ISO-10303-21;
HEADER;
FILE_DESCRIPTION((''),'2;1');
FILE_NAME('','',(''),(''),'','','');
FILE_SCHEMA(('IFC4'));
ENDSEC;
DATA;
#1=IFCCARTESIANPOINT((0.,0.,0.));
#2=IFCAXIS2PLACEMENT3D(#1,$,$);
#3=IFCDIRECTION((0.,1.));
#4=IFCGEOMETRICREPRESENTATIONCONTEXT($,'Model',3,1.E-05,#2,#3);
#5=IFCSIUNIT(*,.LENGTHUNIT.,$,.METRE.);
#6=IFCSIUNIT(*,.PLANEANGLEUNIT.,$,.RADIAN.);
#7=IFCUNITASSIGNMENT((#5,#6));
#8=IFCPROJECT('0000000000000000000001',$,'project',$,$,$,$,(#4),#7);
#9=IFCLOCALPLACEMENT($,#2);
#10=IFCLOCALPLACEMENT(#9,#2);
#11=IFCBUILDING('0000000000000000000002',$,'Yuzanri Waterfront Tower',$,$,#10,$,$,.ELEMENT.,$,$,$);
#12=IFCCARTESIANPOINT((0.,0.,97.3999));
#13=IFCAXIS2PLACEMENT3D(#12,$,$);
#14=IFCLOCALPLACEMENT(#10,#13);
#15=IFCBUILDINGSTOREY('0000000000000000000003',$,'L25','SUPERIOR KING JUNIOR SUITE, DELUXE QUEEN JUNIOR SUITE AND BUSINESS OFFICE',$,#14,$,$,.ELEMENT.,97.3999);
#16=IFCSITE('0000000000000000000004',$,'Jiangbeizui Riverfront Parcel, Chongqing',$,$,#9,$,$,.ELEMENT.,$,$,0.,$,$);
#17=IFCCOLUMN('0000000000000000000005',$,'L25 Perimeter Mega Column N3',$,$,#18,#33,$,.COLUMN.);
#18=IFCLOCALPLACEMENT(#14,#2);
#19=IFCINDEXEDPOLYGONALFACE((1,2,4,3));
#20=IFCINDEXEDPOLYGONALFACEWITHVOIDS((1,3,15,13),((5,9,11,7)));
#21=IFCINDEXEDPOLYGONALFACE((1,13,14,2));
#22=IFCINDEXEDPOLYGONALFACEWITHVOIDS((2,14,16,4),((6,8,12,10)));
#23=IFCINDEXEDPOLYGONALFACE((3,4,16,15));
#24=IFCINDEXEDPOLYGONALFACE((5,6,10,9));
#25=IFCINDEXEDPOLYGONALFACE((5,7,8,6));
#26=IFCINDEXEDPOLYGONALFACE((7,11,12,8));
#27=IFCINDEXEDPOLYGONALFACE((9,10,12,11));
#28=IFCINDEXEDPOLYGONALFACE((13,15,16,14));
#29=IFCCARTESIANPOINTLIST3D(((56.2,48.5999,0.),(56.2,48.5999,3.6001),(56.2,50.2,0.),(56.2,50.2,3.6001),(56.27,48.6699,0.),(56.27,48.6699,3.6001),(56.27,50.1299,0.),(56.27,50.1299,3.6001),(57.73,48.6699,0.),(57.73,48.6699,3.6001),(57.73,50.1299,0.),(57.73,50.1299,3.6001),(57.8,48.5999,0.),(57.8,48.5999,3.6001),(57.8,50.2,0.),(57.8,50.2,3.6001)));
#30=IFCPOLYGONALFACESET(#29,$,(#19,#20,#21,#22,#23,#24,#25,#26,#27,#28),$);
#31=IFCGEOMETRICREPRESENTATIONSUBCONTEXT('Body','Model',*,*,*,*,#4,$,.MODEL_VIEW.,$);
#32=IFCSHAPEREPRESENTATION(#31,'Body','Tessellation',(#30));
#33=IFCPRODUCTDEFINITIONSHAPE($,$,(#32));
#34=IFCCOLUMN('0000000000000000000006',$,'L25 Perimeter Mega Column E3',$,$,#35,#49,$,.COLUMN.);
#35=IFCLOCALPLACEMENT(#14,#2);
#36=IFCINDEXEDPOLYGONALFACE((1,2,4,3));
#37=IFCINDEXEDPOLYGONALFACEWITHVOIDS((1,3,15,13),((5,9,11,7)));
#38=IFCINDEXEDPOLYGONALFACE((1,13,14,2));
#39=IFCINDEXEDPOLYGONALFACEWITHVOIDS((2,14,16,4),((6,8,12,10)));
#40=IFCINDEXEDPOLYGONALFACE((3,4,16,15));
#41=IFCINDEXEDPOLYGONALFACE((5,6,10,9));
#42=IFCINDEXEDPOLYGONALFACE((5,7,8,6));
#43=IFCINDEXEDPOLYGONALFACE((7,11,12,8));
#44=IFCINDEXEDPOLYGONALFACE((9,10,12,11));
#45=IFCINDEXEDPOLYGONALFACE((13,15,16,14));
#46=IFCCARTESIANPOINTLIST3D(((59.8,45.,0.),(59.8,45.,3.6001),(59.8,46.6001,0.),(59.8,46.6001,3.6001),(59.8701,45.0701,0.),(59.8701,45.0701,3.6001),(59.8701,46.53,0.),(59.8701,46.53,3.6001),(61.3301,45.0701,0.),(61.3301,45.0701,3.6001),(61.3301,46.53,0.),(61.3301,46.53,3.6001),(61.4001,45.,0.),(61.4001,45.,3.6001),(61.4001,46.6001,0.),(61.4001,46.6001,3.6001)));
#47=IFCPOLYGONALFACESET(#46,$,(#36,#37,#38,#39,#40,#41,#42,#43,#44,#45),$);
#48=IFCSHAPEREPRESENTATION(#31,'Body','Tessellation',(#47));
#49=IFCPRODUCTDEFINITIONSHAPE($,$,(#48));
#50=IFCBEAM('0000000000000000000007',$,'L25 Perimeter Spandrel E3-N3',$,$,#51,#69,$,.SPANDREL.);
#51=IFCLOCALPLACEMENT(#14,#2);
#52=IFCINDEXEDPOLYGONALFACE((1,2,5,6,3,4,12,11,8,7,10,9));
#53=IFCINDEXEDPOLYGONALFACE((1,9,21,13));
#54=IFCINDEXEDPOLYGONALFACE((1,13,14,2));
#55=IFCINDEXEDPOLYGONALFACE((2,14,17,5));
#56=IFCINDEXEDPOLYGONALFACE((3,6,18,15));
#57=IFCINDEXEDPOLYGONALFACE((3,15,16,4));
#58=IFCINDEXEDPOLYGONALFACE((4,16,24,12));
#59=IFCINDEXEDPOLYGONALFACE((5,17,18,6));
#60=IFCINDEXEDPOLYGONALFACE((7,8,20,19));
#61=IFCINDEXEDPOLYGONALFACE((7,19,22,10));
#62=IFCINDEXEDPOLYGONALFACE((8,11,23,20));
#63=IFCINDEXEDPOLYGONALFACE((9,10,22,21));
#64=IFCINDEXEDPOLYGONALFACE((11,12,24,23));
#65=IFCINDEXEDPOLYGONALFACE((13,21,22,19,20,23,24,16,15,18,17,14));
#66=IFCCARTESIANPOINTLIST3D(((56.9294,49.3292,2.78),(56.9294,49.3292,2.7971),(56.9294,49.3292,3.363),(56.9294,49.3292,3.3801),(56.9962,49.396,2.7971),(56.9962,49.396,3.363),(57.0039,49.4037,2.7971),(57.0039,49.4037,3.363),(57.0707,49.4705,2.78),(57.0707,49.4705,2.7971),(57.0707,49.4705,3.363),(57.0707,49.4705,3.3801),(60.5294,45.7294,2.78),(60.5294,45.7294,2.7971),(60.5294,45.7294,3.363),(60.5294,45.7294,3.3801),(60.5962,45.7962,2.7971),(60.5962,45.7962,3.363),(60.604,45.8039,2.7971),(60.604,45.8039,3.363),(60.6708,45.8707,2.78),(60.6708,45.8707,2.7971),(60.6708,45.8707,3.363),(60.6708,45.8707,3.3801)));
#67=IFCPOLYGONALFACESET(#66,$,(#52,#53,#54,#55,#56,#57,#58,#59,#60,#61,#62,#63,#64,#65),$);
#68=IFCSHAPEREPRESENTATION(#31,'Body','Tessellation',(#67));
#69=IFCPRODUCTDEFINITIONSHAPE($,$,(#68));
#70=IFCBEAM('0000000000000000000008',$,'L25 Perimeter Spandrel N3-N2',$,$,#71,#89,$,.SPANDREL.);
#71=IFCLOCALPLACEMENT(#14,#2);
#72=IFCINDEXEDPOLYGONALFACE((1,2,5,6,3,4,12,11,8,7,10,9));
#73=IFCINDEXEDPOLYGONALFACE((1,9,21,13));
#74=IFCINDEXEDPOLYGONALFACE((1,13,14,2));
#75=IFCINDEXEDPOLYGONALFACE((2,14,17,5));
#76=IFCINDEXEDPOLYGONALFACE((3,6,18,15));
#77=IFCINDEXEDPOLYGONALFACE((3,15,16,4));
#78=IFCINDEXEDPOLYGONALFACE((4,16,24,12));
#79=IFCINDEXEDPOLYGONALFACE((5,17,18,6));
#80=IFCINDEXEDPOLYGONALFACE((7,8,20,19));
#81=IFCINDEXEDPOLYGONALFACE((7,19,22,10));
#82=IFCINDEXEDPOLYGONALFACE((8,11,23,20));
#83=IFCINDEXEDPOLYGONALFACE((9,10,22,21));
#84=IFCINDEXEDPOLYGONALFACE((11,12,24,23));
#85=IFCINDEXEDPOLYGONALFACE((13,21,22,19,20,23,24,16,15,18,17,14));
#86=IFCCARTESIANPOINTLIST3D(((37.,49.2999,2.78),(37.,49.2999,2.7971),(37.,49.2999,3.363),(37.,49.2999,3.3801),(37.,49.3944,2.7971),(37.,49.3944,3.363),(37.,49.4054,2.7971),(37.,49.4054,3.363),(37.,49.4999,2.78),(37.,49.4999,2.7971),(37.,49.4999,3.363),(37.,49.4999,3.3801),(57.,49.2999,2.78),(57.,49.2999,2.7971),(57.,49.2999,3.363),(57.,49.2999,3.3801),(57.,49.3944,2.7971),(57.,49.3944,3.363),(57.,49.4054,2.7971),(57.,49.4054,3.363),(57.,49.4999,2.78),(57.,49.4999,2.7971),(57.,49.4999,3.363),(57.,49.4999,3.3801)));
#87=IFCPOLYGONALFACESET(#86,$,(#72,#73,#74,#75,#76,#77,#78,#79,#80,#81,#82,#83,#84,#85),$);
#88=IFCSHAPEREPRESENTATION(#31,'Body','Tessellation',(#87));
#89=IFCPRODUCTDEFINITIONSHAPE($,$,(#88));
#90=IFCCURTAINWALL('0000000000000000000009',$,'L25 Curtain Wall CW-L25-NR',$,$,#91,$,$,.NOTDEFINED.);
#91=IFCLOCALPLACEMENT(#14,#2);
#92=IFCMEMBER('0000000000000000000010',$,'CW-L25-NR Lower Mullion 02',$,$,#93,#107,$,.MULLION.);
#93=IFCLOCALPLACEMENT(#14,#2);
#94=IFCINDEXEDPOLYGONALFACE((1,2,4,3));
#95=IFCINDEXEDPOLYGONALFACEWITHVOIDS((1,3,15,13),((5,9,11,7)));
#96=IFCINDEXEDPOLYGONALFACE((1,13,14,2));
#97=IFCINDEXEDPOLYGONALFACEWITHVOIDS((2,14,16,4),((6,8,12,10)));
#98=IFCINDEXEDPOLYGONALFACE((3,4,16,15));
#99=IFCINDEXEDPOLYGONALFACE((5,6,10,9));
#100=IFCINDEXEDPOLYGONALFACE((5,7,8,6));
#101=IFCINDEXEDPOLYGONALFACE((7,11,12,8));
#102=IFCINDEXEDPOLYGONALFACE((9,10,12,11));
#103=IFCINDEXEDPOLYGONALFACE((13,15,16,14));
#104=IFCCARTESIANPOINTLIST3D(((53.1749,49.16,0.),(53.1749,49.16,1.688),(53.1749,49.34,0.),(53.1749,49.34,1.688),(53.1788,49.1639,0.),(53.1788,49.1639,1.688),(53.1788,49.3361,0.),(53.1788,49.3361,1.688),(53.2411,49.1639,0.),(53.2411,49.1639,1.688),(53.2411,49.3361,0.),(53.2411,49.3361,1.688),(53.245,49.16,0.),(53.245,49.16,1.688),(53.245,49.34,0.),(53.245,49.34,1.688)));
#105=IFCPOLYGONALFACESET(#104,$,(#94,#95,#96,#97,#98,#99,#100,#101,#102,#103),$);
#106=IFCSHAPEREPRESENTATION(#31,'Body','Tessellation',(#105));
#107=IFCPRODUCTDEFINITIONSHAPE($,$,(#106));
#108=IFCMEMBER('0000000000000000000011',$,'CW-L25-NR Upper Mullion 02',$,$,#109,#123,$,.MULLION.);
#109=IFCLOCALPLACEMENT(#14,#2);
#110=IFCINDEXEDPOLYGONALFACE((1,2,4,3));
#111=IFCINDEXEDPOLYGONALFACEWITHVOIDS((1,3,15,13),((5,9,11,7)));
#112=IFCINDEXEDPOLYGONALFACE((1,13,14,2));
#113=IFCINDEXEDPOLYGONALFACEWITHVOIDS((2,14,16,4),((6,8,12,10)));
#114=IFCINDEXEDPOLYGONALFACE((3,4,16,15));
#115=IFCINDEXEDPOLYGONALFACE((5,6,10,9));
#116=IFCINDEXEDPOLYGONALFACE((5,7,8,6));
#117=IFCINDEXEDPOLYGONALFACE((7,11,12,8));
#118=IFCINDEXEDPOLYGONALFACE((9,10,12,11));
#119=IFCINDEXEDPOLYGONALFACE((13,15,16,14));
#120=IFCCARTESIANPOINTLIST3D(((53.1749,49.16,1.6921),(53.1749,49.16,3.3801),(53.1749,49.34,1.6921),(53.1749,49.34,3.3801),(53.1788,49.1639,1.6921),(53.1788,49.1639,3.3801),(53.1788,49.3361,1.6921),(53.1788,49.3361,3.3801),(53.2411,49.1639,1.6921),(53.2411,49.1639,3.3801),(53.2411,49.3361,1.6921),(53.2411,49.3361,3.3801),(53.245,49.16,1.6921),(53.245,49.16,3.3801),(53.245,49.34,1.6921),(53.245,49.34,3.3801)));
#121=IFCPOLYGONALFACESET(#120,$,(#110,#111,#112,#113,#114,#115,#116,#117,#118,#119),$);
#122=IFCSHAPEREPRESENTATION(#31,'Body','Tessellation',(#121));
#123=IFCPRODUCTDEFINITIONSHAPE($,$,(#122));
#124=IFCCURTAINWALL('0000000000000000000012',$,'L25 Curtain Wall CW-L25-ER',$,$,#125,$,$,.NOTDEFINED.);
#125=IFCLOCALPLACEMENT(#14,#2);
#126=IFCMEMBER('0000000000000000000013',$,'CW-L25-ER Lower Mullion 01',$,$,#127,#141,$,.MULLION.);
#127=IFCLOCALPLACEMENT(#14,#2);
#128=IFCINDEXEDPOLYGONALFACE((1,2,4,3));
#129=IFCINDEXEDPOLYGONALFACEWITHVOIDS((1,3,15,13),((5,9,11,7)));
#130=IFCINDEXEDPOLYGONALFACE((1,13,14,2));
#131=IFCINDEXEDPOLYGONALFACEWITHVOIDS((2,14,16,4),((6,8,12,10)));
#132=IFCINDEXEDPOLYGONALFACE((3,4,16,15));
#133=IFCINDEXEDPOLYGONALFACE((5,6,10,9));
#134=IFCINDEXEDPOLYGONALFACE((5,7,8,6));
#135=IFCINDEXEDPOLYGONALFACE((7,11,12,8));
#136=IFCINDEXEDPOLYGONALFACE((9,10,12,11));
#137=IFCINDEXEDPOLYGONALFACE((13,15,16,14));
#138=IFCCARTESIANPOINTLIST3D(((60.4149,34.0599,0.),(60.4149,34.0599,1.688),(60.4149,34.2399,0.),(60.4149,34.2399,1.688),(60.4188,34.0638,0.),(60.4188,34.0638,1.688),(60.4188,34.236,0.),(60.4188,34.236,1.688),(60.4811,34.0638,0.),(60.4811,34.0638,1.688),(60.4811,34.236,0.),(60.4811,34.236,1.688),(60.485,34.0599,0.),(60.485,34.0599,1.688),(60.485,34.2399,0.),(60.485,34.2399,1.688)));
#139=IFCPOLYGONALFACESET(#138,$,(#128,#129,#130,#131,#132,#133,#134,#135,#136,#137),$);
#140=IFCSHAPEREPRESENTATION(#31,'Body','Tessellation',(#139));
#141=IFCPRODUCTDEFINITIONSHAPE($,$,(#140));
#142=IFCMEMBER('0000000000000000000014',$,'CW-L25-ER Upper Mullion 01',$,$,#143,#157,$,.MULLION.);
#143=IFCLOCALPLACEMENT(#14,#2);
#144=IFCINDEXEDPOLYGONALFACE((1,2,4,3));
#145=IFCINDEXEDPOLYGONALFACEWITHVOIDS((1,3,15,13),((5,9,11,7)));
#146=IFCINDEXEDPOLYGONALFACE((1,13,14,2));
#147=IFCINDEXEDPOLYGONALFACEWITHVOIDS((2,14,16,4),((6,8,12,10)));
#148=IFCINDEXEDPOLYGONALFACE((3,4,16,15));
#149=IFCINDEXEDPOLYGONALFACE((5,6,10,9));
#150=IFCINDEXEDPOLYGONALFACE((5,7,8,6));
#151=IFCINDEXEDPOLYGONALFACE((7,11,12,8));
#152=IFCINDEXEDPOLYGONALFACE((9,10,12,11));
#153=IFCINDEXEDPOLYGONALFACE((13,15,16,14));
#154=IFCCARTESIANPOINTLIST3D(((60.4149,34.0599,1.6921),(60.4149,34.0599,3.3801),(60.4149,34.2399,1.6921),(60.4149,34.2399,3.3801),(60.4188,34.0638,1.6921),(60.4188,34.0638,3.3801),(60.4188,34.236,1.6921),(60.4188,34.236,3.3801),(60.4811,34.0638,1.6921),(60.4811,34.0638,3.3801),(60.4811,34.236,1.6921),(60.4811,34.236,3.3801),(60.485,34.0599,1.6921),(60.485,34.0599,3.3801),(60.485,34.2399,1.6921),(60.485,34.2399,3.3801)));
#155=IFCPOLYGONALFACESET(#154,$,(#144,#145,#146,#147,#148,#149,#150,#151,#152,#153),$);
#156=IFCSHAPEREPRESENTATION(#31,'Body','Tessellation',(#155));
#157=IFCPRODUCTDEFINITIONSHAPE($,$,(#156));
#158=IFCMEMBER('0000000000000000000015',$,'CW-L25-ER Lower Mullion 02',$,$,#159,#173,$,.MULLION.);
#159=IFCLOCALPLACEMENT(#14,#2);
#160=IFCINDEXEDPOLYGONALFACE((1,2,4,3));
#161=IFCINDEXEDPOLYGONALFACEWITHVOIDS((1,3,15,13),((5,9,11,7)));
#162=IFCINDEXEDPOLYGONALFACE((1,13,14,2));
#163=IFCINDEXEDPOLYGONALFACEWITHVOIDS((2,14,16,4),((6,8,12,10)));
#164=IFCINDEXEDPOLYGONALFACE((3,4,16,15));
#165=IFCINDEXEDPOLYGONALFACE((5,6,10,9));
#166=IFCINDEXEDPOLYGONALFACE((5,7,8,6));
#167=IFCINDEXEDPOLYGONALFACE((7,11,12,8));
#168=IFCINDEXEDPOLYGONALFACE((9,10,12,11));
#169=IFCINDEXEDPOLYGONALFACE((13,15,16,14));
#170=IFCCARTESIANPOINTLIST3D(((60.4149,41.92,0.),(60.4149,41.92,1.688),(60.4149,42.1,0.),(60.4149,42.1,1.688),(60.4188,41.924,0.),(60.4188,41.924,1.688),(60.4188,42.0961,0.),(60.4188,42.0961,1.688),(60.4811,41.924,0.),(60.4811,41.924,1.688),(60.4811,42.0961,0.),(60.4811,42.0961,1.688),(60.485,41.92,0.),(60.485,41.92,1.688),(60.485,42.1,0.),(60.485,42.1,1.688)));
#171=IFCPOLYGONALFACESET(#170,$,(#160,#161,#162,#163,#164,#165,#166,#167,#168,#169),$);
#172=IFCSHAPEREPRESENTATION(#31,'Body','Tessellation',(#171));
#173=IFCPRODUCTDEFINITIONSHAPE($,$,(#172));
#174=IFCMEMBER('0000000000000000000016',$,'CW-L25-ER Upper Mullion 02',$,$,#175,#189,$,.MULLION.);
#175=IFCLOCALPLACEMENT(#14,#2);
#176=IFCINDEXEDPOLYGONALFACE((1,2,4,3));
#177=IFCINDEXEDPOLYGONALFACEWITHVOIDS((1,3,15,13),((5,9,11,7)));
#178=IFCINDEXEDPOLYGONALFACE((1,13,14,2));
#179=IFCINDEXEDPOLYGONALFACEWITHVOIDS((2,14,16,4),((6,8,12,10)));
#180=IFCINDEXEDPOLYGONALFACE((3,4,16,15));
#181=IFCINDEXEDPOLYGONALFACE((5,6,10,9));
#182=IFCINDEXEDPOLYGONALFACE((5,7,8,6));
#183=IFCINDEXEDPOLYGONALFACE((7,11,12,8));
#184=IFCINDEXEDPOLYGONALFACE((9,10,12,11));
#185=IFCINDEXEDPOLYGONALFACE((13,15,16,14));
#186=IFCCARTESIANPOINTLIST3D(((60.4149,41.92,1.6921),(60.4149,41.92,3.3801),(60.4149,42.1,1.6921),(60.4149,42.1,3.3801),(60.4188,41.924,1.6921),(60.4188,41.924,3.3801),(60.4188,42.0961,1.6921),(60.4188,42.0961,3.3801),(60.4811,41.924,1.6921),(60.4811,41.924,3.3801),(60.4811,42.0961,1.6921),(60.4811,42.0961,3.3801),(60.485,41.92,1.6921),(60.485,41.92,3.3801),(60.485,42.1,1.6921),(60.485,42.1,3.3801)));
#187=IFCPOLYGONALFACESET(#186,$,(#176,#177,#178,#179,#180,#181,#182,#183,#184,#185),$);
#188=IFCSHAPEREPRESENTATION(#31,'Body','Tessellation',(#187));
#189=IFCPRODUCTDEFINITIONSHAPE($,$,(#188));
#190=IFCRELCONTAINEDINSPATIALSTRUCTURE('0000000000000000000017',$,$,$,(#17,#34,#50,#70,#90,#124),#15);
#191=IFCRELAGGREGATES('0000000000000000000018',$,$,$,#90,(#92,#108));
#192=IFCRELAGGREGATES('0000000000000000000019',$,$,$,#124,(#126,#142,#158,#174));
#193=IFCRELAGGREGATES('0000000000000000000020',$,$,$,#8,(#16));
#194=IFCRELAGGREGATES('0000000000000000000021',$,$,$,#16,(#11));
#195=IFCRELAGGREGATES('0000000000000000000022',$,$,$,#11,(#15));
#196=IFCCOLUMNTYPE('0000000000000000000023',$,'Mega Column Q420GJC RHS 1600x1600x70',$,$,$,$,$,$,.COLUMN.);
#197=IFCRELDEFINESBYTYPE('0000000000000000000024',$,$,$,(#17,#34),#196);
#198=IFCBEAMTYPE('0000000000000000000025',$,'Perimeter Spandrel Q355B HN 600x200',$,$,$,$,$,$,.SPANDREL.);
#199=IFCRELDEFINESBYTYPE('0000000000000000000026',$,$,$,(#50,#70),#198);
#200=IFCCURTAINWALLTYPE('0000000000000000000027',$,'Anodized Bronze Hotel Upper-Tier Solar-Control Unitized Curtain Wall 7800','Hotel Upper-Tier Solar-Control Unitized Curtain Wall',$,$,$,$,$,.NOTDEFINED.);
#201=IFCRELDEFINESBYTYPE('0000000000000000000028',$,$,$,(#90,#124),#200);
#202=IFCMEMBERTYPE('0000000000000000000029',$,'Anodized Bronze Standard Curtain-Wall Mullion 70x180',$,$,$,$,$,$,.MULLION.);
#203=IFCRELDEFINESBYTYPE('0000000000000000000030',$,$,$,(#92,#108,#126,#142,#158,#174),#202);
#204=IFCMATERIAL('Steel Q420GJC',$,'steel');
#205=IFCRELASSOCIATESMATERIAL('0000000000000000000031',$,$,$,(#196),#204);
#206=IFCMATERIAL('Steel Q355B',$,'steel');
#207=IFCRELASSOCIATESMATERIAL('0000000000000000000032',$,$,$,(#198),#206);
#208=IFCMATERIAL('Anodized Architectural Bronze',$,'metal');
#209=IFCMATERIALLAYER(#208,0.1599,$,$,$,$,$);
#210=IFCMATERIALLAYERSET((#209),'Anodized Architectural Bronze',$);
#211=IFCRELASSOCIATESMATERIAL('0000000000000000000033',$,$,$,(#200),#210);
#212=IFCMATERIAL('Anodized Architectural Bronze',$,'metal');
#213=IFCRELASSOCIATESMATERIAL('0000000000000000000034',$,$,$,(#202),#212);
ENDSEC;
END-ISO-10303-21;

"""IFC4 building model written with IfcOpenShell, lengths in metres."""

from ifc_helpers import new_model, si_unit, direction, frame, origin, origin_2d, place, context, subcontext, project, spatial, hollow_rectangle, i_section, extrude, source, transform, mapped, material, layer, layer_set, material_profile, profile_set, type_object, element, aggregate, save


model = new_model("IFC4")

# Units and contexts
model_context = context("Model", 3, precision=1e-05, world=origin(), true_north=direction((0.0, 1.0)))
body_context = subcontext(model_context, "Body", "Model", "MODEL_VIEW")
ifc_project = project(units=[si_unit("LENGTHUNIT", "METRE"), si_unit("PLANEANGLEUNIT", "RADIAN")], contexts=[model_context])

# Site, building, storey
site_placement = place(None, origin())
site = spatial("IfcSite", under=ifc_project, at=site_placement, Name="Jiangbeizui Riverfront Parcel, Chongqing", CompositionType="ELEMENT", RefElevation=0.0)
building_placement = place(site_placement, origin())
building = spatial("IfcBuilding", under=site, at=building_placement, Name="Yuzanri Waterfront Tower", CompositionType="ELEMENT")
storey_placement = place(building_placement, frame((0.0, 0.0, 97.3999)))
storey = spatial("IfcBuildingStorey", under=building, at=storey_placement, Name="L25", Description="SUPERIOR KING JUNIOR SUITE, DELUXE QUEEN JUNIOR SUITE AND BUSINESS OFFICE", CompositionType="ELEMENT", Elevation=97.3999)

# Columns
ifc_material_1 = material(Name="Steel Q420GJC", Category="steel")
ifc_material_profile_1 = material_profile(ifc_material_1, hollow_rectangle(XDim=1.6001, YDim=1.6001, WallThickness=0.0701, at=origin_2d()), Name="RHS 1600x1600x70")
ifc_profile_set_1 = profile_set([ifc_material_profile_1], Name="Steel Q420GJC")
column_type = type_object("IfcColumnType", Name="Mega Column Q420GJC RHS 1600x1600x70", PredefinedType="COLUMN", material=ifc_profile_set_1)
shared_shape_1 = source(origin(), body_context, "Body", "SweptSolid", [
    extrude(hollow_rectangle(XDim=1.6001, YDim=1.6001, WallThickness=0.0701, at=origin_2d()), origin(), (0.0, 0.0, 1.0), 3.6001),
])
for number, where, z_axis, x_axis, name in (
    (1, (57.0, 49.3999, 0.0), (0.0, 0.0, 1.0), (1.0, 0.0, 0.0), "L25 Perimeter Mega Column N3"),
    (2, (60.6001, 45.8, 0.0), (0.0, 0.0, 1.0), (1.0, 0.0, 0.0), "L25 Perimeter Mega Column E3"),
):
    element("IfcColumn", number, at=place(storey_placement, frame(where, z_axis=z_axis, x_axis=x_axis)), inside=storey, type_object=column_type, Name=name, PredefinedType="COLUMN", context=body_context, shape_type="MappedRepresentation", body=[
        mapped(shared_shape_1, transform((0.0, 0.0, 0.0), scale=1.0)),
    ])

# Beams
ifc_material_2 = material(Name="Steel Q355B", Category="steel")
ifc_material_profile_2 = material_profile(ifc_material_2, i_section(OverallWidth=0.2, OverallDepth=0.6001, WebThickness=0.011, FlangeThickness=0.0171, at=origin_2d()), Name="HN 600x200x11x17")
ifc_profile_set_2 = profile_set([ifc_material_profile_2], Name="Steel Q355B")
beam_type = type_object("IfcBeamType", Name="Perimeter Spandrel Q355B HN 600x200", PredefinedType="SPANDREL", material=ifc_profile_set_2)
shared_shape_2 = source(origin(), body_context, "Body", "SweptSolid", [
    extrude(i_section(OverallWidth=0.2, OverallDepth=0.6001, WebThickness=0.011, FlangeThickness=0.0171, at=origin_2d()), origin(), (0.0, 0.0, 1.0), 5.0911),
])
beam_1_placement = place(storey_placement, frame((60.6001, 45.8, 3.0801), z_axis=(-0.707131, 0.707083, 0.0), x_axis=(-0.707083, -0.707131, 0.0)))
element("IfcBeam", 3, at=beam_1_placement, inside=storey, type_object=beam_type, Name="L25 Perimeter Spandrel E3-N3", PredefinedType="SPANDREL", context=body_context, shape_type="MappedRepresentation", body=[
    mapped(shared_shape_2, transform((0.0, 0.0, 0.0), scale=1.0)),
])
shared_shape_3 = source(origin(), body_context, "Body", "SweptSolid", [
    extrude(i_section(OverallWidth=0.2, OverallDepth=0.6001, WebThickness=0.011, FlangeThickness=0.0171, at=origin_2d()), origin(), (0.0, 0.0, 1.0), 20.0),
])
beam_2_placement = place(storey_placement, frame((57.0, 49.3999, 3.0801), z_axis=(-1.0, 0.0, 0.0), x_axis=(0.0, -1.0, 0.0)))
element("IfcBeam", 4, at=beam_2_placement, inside=storey, type_object=beam_type, Name="L25 Perimeter Spandrel N3-N2", PredefinedType="SPANDREL", context=body_context, shape_type="MappedRepresentation", body=[
    mapped(shared_shape_3, transform((0.0, 0.0, 0.0), scale=1.0)),
])

# Curtain walls, members
ifc_material_3 = material(Name="Anodized Architectural Bronze", Category="metal")
ifc_layer_1 = layer(ifc_material_3, 0.1599)
ifc_layer_set_1 = layer_set([ifc_layer_1], Name="Anodized Architectural Bronze")
curtain_wall_type = type_object("IfcCurtainWallType", Name="Anodized Bronze Hotel Upper-Tier Solar-Control Unitized Curtain Wall 7800", Description="Hotel Upper-Tier Solar-Control Unitized Curtain Wall", PredefinedType="NOTDEFINED", material=ifc_layer_set_1)
curtain_wall_1_placement = place(storey_placement, origin())
curtain_wall_1 = element("IfcCurtainWall", 5, at=curtain_wall_1_placement, inside=storey, type_object=curtain_wall_type, Name="L25 Curtain Wall CW-L25-NR", PredefinedType="NOTDEFINED")
ifc_material_4 = material(Name="Anodized Architectural Bronze", Category="metal")
ifc_material_profile_3 = material_profile(ifc_material_4, hollow_rectangle(XDim=0.0701, YDim=0.1799, WallThickness=0.0039, at=origin_2d()), Name="CWM 70x180")
ifc_profile_set_3 = profile_set([ifc_material_profile_3], Name="Anodized Architectural Bronze")
member_type = type_object("IfcMemberType", Name="Anodized Bronze Standard Curtain-Wall Mullion 70x180", PredefinedType="MULLION", material=ifc_profile_set_3)
shared_shape_4 = source(origin(), body_context, "Body", "SweptSolid", [
    extrude(hollow_rectangle(XDim=0.0701, YDim=0.1799, WallThickness=0.0039, at=origin_2d()), origin(), (0.0, 0.0, 1.0), 1.688),
])
member_1_placement = place(storey_placement, frame((53.21, 49.25, 0.0), z_axis=(0.0, 0.0, 1.0), x_axis=(1.0, 0.0, 0.0)))
member_1 = element("IfcMember", 6, at=member_1_placement, type_object=member_type, Name="CW-L25-NR Lower Mullion 02", PredefinedType="MULLION", context=body_context, shape_type="MappedRepresentation", body=[
    mapped(shared_shape_4, transform((0.0, 0.0, 0.0), scale=1.0)),
])
member_2_placement = place(storey_placement, frame((53.21, 49.25, 1.6921), z_axis=(0.0, 0.0, 1.0), x_axis=(1.0, 0.0, 0.0)))
member_2 = element("IfcMember", 7, at=member_2_placement, type_object=member_type, Name="CW-L25-NR Upper Mullion 02", PredefinedType="MULLION", context=body_context, shape_type="MappedRepresentation", body=[
    mapped(shared_shape_4, transform((0.0, 0.0, 0.0), scale=1.0)),
])
aggregate(curtain_wall_1, [member_1, member_2])
curtain_wall_2_placement = place(storey_placement, origin())
curtain_wall_2 = element("IfcCurtainWall", 8, at=curtain_wall_2_placement, inside=storey, type_object=curtain_wall_type, Name="L25 Curtain Wall CW-L25-ER", PredefinedType="NOTDEFINED")
member_3_placement = place(storey_placement, frame((60.45, 34.1499, 0.0), z_axis=(0.0, 0.0, 1.0), x_axis=(1.0, 0.0, 0.0)))
member_3 = element("IfcMember", 9, at=member_3_placement, type_object=member_type, Name="CW-L25-ER Lower Mullion 01", PredefinedType="MULLION", context=body_context, shape_type="MappedRepresentation", body=[
    mapped(shared_shape_4, transform((0.0, 0.0, 0.0), scale=1.0)),
])
member_4_placement = place(storey_placement, frame((60.45, 34.1499, 1.6921), z_axis=(0.0, 0.0, 1.0), x_axis=(1.0, 0.0, 0.0)))
member_4 = element("IfcMember", 10, at=member_4_placement, type_object=member_type, Name="CW-L25-ER Upper Mullion 01", PredefinedType="MULLION", context=body_context, shape_type="MappedRepresentation", body=[
    mapped(shared_shape_4, transform((0.0, 0.0, 0.0), scale=1.0)),
])
member_5_placement = place(storey_placement, frame((60.45, 42.01, 0.0), z_axis=(0.0, 0.0, 1.0), x_axis=(1.0, 0.0, 0.0)))
member_5 = element("IfcMember", 11, at=member_5_placement, type_object=member_type, Name="CW-L25-ER Lower Mullion 02", PredefinedType="MULLION", context=body_context, shape_type="MappedRepresentation", body=[
    mapped(shared_shape_4, transform((0.0, 0.0, 0.0), scale=1.0)),
])
member_6_placement = place(storey_placement, frame((60.45, 42.01, 1.6921), z_axis=(0.0, 0.0, 1.0), x_axis=(1.0, 0.0, 0.0)))
member_6 = element("IfcMember", 12, at=member_6_placement, type_object=member_type, Name="CW-L25-ER Upper Mullion 02", PredefinedType="MULLION", context=body_context, shape_type="MappedRepresentation", body=[
    mapped(shared_shape_4, transform((0.0, 0.0, 0.0), scale=1.0)),
])

aggregate(curtain_wall_2, [member_3, member_4, member_5, member_6])

save(model, "model.ifc")
